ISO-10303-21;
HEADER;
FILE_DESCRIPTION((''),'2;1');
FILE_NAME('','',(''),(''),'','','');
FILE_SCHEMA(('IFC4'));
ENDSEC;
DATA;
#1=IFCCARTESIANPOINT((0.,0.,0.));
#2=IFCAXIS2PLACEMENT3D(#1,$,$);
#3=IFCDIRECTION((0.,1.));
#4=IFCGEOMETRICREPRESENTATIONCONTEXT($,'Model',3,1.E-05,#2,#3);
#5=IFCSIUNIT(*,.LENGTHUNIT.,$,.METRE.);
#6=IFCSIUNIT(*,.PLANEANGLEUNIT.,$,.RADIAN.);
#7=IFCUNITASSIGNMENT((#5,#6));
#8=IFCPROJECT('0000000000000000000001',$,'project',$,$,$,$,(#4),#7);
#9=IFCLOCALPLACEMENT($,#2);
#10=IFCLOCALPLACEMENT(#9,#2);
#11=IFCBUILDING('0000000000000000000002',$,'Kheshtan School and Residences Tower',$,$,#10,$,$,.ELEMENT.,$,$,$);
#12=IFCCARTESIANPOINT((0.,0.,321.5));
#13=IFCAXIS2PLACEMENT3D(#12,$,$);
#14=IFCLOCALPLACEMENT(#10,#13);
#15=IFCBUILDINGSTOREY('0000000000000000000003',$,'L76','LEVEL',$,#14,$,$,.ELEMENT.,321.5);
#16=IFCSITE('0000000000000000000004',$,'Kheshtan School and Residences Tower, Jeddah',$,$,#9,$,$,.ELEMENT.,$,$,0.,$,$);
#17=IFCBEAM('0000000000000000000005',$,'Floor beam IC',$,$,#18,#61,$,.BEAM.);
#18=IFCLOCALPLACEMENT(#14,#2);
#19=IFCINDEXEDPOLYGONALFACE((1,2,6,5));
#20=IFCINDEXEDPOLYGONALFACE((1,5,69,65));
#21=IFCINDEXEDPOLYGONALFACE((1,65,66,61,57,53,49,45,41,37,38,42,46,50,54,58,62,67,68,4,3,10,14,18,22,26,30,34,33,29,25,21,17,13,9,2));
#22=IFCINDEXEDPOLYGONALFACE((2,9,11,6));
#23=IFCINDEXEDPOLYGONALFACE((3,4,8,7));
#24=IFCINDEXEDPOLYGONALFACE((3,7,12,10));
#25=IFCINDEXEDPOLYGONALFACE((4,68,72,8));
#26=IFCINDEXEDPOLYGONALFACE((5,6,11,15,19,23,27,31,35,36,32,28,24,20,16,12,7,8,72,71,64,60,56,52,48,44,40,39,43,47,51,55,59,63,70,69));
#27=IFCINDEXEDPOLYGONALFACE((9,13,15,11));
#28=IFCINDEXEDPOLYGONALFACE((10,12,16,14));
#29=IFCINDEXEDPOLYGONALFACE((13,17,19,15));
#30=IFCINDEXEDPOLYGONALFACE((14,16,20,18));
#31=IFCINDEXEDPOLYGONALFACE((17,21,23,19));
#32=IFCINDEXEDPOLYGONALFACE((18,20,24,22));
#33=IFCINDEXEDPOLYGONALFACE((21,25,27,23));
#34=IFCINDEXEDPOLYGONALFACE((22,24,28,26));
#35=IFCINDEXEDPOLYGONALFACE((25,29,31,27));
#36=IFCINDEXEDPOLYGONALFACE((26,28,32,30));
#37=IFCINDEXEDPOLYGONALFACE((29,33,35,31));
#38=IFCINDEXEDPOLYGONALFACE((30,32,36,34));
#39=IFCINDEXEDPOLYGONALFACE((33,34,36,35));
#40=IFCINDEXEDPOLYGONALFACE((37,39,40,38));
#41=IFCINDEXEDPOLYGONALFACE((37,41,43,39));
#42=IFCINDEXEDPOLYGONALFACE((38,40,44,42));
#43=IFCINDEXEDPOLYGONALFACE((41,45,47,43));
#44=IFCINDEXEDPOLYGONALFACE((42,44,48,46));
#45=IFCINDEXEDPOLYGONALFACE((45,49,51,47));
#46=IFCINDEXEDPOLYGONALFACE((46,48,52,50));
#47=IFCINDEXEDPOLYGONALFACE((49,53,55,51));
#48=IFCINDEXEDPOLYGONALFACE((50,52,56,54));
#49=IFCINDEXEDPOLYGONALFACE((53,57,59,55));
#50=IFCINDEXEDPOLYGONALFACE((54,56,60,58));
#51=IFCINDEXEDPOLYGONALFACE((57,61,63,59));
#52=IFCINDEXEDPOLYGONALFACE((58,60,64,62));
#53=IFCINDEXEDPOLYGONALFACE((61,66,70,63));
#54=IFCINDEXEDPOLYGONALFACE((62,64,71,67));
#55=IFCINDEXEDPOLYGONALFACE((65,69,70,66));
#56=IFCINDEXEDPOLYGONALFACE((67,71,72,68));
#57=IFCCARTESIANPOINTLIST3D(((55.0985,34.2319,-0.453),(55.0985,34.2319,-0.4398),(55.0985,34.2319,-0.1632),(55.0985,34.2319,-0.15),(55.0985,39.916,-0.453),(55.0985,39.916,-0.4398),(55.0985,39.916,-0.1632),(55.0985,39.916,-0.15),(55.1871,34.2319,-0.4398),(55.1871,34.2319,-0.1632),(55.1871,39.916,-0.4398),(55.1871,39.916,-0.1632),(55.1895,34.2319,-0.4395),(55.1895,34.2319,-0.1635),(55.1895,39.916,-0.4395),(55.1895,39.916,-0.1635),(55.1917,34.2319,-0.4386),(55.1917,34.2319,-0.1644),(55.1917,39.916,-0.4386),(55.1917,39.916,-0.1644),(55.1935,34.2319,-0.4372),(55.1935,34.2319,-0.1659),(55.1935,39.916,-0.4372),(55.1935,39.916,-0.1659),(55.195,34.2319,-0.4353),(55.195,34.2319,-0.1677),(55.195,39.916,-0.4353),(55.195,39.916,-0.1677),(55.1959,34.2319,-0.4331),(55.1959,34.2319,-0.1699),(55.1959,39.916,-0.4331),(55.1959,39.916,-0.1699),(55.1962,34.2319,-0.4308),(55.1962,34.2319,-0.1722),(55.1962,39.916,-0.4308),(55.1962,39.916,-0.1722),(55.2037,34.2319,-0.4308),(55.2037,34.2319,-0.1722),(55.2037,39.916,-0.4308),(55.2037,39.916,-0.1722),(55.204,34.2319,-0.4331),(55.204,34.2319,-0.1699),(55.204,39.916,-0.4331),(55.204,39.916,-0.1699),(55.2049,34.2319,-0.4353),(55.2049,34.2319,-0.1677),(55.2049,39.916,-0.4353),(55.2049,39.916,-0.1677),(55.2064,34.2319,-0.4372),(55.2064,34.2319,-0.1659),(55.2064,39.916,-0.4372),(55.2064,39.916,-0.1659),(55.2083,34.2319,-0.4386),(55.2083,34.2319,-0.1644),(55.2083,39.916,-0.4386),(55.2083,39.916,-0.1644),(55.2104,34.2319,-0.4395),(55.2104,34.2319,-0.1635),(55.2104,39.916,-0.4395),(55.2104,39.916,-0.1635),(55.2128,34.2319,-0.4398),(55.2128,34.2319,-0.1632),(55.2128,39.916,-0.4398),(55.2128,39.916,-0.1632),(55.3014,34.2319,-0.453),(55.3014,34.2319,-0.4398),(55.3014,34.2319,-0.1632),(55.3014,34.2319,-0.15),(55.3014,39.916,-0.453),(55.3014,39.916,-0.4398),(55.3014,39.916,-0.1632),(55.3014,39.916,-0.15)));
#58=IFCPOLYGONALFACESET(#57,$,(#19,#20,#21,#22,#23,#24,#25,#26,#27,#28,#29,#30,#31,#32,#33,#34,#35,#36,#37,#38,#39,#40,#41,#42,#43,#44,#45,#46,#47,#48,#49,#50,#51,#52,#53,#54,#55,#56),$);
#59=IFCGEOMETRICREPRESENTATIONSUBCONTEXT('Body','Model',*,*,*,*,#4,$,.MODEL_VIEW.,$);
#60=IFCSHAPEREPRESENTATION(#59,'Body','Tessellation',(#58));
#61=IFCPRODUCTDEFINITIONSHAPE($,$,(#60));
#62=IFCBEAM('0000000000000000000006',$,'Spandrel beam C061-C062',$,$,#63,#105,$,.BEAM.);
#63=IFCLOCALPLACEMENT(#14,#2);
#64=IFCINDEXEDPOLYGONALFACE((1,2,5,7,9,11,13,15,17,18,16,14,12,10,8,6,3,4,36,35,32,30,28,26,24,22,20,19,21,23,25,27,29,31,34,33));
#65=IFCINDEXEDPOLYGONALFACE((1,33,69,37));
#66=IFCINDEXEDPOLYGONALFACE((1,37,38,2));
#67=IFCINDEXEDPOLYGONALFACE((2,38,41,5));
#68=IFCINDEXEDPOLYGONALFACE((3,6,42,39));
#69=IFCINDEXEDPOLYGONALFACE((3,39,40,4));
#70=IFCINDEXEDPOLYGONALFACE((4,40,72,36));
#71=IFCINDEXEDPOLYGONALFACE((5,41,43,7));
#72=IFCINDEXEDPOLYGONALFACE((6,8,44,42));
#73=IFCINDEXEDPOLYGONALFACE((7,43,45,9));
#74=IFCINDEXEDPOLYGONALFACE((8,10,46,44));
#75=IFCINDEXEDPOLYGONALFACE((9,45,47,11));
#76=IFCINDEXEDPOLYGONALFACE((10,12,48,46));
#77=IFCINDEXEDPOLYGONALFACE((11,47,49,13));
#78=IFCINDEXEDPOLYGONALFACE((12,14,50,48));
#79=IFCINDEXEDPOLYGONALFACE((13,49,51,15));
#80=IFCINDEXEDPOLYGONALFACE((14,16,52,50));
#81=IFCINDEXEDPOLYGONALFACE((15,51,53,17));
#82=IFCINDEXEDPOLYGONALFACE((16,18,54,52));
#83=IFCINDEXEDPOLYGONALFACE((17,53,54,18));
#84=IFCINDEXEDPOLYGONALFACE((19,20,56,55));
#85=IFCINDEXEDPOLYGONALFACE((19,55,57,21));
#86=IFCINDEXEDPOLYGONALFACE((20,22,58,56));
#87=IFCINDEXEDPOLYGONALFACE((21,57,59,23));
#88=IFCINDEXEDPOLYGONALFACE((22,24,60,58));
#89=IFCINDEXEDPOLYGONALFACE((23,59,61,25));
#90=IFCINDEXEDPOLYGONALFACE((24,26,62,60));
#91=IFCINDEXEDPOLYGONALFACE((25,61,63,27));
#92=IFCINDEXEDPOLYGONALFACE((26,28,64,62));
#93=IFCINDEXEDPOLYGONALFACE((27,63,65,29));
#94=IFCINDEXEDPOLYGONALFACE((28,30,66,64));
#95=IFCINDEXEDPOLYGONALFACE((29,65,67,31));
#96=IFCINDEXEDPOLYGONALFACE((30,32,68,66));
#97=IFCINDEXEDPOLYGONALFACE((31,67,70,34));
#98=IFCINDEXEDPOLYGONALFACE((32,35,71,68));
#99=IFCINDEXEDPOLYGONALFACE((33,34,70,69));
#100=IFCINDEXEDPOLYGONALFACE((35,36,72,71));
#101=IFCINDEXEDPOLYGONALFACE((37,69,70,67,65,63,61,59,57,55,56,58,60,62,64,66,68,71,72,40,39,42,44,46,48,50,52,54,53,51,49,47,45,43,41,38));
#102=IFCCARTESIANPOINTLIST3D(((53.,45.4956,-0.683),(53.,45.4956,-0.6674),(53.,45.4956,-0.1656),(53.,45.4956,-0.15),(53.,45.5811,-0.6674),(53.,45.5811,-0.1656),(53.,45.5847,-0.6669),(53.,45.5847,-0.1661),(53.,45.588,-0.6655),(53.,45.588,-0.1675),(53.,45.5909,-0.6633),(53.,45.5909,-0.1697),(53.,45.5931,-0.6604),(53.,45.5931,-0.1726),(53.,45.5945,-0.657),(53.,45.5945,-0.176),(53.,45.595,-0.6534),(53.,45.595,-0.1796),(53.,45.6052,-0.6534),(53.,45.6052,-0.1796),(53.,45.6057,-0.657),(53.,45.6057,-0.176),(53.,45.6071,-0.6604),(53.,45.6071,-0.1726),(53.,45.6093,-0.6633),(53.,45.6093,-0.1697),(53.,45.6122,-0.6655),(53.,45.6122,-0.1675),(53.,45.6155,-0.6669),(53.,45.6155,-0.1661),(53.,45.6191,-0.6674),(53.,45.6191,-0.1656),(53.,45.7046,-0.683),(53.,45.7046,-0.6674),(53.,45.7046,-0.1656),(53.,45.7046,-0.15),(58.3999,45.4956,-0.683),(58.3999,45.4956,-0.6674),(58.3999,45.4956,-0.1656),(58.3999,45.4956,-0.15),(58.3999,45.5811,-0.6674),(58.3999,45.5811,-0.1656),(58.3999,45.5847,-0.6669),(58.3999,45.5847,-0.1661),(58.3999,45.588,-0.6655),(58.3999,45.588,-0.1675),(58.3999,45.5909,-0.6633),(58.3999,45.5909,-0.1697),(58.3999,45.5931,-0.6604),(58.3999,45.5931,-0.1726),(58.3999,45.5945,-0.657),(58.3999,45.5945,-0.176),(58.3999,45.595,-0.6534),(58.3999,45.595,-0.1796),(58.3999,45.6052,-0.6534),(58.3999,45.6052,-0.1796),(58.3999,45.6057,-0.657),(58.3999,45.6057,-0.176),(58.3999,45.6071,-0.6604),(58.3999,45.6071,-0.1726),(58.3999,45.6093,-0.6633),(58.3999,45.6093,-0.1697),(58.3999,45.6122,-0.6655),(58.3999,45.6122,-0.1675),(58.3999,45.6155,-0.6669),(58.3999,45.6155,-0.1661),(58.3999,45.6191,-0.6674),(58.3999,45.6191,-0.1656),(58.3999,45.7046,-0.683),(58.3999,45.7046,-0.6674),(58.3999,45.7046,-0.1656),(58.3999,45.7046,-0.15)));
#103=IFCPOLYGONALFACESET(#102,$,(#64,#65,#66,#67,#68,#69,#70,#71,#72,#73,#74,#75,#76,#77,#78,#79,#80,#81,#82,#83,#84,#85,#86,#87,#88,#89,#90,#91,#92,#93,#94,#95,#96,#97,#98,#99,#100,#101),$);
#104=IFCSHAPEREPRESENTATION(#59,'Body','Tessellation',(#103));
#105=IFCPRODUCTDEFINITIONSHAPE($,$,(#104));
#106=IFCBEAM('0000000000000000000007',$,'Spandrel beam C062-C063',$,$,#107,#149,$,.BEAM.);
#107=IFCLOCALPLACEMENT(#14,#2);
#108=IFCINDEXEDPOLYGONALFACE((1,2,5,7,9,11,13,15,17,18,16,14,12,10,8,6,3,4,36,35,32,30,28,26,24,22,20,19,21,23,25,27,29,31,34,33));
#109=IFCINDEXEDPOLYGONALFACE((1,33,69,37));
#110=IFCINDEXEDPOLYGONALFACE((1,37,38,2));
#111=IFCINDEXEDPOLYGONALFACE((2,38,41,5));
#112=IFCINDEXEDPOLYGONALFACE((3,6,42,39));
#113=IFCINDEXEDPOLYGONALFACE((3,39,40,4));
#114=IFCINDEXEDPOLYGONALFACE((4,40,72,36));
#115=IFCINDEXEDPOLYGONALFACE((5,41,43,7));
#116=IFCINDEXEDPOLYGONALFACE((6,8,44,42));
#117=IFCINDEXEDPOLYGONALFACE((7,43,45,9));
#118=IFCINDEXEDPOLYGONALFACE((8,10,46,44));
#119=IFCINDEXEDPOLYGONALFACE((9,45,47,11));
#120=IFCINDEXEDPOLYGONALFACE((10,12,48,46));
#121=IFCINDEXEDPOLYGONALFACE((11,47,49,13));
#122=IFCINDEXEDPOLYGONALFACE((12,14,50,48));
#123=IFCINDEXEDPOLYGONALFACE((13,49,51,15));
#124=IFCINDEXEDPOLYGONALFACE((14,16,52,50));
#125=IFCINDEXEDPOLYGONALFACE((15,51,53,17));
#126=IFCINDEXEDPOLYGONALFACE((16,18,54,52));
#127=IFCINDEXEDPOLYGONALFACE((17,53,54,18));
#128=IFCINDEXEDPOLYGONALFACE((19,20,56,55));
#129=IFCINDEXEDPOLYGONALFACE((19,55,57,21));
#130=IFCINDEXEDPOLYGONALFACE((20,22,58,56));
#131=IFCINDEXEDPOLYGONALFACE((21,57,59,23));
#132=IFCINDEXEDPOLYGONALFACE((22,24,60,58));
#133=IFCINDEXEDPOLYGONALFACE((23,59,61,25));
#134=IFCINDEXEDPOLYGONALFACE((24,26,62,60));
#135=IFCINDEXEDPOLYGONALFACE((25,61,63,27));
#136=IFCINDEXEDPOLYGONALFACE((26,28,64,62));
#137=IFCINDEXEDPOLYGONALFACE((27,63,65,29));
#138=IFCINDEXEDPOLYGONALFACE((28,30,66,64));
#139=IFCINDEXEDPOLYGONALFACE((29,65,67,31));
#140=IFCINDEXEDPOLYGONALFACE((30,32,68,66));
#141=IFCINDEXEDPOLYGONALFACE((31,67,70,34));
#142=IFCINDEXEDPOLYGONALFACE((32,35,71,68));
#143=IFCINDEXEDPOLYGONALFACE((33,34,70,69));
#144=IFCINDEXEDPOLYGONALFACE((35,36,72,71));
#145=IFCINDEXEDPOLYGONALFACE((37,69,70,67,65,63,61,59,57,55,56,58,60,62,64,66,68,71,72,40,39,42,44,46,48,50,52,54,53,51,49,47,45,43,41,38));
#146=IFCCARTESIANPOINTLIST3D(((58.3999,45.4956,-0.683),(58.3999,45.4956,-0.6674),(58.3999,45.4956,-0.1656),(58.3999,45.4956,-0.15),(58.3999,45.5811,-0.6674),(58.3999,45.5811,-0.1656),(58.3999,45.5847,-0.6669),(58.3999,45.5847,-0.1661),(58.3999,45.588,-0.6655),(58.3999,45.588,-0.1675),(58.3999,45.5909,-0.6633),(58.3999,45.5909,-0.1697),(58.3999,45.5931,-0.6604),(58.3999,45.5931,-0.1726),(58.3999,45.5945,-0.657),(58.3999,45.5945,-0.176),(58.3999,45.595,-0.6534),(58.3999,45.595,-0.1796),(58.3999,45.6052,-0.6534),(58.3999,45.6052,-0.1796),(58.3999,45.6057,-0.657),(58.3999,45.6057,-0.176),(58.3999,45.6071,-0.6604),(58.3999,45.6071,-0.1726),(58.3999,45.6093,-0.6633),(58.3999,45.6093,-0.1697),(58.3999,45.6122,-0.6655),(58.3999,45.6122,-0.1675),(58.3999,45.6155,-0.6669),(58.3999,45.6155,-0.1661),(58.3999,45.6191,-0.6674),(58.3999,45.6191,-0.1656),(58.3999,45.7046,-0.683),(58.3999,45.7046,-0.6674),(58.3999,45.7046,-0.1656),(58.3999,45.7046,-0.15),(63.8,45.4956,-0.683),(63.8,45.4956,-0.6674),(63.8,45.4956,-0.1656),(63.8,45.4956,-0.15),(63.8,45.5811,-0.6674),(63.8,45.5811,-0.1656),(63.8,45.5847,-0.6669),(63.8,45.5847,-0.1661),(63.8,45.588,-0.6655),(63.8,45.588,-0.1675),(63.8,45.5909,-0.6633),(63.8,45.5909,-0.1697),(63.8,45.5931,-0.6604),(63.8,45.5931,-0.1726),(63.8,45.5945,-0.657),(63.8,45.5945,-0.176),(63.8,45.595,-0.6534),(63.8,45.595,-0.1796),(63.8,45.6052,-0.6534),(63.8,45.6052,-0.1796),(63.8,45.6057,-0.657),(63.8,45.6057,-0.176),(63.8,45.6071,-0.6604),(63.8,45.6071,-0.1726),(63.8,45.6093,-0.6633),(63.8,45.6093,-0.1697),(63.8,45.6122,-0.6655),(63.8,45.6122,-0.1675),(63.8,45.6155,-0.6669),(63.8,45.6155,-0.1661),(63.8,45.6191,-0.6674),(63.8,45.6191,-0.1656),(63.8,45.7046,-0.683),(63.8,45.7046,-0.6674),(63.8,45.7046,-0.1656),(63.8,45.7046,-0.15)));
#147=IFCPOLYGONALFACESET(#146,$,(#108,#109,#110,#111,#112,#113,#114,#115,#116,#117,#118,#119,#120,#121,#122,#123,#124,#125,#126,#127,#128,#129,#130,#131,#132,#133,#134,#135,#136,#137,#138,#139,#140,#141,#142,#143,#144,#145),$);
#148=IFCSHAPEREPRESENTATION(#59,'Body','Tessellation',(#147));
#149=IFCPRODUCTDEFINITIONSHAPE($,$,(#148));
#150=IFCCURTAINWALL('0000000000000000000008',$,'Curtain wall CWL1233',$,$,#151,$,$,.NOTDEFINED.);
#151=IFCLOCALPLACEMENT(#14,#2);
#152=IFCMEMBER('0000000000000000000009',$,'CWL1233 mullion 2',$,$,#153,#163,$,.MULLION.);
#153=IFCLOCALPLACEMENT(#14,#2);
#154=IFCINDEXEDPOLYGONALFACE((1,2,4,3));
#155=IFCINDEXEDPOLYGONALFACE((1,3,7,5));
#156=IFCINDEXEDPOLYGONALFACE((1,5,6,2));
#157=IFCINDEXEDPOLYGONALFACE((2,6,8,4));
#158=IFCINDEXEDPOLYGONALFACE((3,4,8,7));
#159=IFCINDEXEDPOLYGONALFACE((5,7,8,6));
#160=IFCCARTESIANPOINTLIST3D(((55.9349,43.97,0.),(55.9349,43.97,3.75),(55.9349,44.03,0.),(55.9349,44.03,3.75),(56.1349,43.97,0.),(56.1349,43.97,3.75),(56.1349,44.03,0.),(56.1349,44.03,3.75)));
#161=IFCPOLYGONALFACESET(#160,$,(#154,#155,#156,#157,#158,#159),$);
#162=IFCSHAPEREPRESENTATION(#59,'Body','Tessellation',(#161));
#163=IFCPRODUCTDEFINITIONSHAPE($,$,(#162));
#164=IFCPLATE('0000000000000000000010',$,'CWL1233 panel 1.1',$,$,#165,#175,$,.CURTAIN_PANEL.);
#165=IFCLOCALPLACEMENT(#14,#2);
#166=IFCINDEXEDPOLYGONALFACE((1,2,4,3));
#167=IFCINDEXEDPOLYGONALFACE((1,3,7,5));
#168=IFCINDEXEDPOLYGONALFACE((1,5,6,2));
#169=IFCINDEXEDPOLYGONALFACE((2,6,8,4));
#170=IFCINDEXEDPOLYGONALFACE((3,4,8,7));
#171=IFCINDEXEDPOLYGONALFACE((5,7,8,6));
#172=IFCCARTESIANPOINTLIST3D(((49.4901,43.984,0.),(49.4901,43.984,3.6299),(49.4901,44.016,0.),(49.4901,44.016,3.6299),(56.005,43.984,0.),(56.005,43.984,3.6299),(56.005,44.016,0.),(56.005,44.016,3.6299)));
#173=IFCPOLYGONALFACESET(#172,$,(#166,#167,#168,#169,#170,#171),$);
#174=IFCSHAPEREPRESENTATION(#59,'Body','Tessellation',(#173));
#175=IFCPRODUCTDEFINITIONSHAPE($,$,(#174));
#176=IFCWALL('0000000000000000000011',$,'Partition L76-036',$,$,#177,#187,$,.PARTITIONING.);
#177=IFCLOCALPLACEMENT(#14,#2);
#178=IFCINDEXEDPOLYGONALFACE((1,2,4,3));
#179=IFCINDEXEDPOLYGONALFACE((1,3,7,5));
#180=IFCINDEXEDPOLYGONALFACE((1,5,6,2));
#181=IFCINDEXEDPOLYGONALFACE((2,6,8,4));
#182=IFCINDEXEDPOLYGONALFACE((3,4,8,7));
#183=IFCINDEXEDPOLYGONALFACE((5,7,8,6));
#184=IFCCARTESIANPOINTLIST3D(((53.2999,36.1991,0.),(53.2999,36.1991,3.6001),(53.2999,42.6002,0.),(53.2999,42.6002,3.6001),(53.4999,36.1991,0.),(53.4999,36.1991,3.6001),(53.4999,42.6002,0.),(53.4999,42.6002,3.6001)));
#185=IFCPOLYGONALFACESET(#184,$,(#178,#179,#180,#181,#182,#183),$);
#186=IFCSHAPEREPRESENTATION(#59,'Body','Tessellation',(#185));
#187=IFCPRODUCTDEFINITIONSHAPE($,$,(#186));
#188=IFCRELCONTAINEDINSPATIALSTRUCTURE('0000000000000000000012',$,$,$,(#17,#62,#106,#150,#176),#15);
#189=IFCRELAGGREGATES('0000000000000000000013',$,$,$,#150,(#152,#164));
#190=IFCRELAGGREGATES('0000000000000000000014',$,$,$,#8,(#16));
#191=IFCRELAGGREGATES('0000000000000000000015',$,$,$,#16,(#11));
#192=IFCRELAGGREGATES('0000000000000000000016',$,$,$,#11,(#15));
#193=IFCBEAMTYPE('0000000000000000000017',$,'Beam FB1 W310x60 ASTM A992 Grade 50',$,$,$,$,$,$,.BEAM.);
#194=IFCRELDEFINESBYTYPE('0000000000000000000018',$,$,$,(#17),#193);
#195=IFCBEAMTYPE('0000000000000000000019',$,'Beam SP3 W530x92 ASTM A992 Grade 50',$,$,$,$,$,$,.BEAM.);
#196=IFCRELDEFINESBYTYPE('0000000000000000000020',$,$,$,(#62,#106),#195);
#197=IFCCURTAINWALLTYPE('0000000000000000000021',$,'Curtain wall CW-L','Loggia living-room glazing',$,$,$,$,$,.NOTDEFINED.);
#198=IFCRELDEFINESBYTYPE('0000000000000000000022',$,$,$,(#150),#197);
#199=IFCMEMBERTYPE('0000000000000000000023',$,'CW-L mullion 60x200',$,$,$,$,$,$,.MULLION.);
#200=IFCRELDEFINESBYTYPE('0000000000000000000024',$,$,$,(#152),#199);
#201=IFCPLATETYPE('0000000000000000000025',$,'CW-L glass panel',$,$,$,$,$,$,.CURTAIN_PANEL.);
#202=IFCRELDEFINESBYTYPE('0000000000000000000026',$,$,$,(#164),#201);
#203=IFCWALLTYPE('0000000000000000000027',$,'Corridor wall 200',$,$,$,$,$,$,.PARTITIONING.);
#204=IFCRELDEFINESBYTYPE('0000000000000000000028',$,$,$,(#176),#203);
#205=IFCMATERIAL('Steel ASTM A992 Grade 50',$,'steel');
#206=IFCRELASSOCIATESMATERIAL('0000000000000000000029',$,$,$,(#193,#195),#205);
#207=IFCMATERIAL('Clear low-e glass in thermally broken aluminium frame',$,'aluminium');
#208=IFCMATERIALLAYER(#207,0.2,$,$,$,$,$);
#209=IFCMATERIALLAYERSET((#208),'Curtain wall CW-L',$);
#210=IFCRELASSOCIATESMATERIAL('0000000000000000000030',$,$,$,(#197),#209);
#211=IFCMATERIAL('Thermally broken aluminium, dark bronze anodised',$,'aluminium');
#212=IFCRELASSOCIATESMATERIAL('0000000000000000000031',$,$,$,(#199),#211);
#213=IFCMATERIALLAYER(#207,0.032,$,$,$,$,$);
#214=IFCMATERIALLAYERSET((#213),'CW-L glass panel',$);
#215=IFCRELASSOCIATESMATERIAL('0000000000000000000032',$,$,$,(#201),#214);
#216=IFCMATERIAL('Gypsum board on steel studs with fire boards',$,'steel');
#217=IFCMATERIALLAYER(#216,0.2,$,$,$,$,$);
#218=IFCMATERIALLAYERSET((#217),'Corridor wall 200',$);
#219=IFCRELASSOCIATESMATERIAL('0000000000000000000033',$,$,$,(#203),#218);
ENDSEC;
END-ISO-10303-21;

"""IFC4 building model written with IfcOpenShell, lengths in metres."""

from ifc_helpers import new_model, si_unit, direction, frame, frame_2d, origin, origin_2d, place, context, subcontext, project, spatial, rectangle, i_section, extrude, material, layer, layer_set, material_profile, profile_set, type_object, element, aggregate, save


model = new_model("IFC4")

# Units and contexts
model_context = context("Model", 3, precision=1e-05, world=origin(), true_north=direction((0.0, 1.0)))
body_context = subcontext(model_context, "Body", "Model", "MODEL_VIEW")
ifc_project = project(units=[si_unit("LENGTHUNIT", "METRE"), si_unit("PLANEANGLEUNIT", "RADIAN")], contexts=[model_context])

# Site, building, storey
site_placement = place(None, origin())
site = spatial("IfcSite", under=ifc_project, at=site_placement, Name="Kheshtan School and Residences Tower, Jeddah", CompositionType="ELEMENT", RefElevation=0.0)
building_placement = place(site_placement, origin())
building = spatial("IfcBuilding", under=site, at=building_placement, Name="Kheshtan School and Residences Tower", CompositionType="ELEMENT")
storey_placement = place(building_placement, frame((0.0, 0.0, 321.5)))
storey = spatial("IfcBuildingStorey", under=building, at=storey_placement, Name="L76", Description="LEVEL", CompositionType="ELEMENT", Elevation=321.5)

# Shared definitions
ifc_material_1 = material(Name="Steel ASTM A992 Grade 50", Category="steel")

# Beams
ifc_material_profile_1 = material_profile(ifc_material_1, i_section(OverallWidth=0.2029, OverallDepth=0.303, WebThickness=0.0076, FlangeThickness=0.0132, FilletRadius=0.009, at=origin_2d()), Name="W310x60")
ifc_profile_set_1 = profile_set([ifc_material_profile_1], Name="Steel ASTM A992 Grade 50")
beam_type_1 = type_object("IfcBeamType", Name="Beam FB1 W310x60 ASTM A992 Grade 50", PredefinedType="BEAM", material=ifc_profile_set_1)
beam_1_placement = place(storey_placement, frame((55.2, 34.2319, -0.3015), z_axis=(0.0, 1.0, 0.0), x_axis=(-1.0, 0.0, 0.0)))
element("IfcBeam", 1, at=beam_1_placement, inside=storey, type_object=beam_type_1, Name="Floor beam IC", PredefinedType="BEAM", context=body_context, shape_type="SweptSolid", body=[
    extrude(i_section(OverallWidth=0.2029, OverallDepth=0.303, WebThickness=0.0076, FlangeThickness=0.0132, FilletRadius=0.009, at=origin_2d()), origin(), (0.0, 0.0, 1.0), 5.6841),
])
ifc_material_profile_2 = material_profile(ifc_material_1, i_section(OverallWidth=0.209, OverallDepth=0.533, WebThickness=0.0103, FlangeThickness=0.0156, FilletRadius=0.0139, at=origin_2d()), Name="W530x92")
ifc_profile_set_2 = profile_set([ifc_material_profile_2], Name="Steel ASTM A992 Grade 50")
beam_type_2 = type_object("IfcBeamType", Name="Beam SP3 W530x92 ASTM A992 Grade 50", PredefinedType="BEAM", material=ifc_profile_set_2)
beam_2_placement = place(storey_placement, frame((53.0, 45.6001, -0.4165), z_axis=(1.0, 0.0, 0.0), x_axis=(0.0, 1.0, 0.0)))
element("IfcBeam", 2, at=beam_2_placement, inside=storey, type_object=beam_type_2, Name="Spandrel beam C061-C062", PredefinedType="BEAM", context=body_context, shape_type="SweptSolid", body=[
    extrude(i_section(OverallWidth=0.209, OverallDepth=0.533, WebThickness=0.0103, FlangeThickness=0.0156, FilletRadius=0.0139, at=origin_2d()), origin(), (0.0, 0.0, 1.0), 5.3999),
])
beam_3_placement = place(storey_placement, frame((58.3999, 45.6001, -0.4165), z_axis=(1.0, 0.0, 0.0), x_axis=(0.0, 1.0, 0.0)))
element("IfcBeam", 3, at=beam_3_placement, inside=storey, type_object=beam_type_2, Name="Spandrel beam C062-C063", PredefinedType="BEAM", context=body_context, shape_type="SweptSolid", body=[
    extrude(i_section(OverallWidth=0.209, OverallDepth=0.533, WebThickness=0.0103, FlangeThickness=0.0156, FilletRadius=0.0139, at=origin_2d()), origin(), (0.0, 0.0, 1.0), 5.4001),
])

# Curtain wall, member, plate
ifc_material_2 = material(Name="Clear low-e glass in thermally broken aluminium frame", Category="aluminium")
ifc_layer_1 = layer(ifc_material_2, 0.2)
ifc_layer_set_1 = layer_set([ifc_layer_1], Name="Curtain wall CW-L")
curtain_wall_type = type_object("IfcCurtainWallType", Name="Curtain wall CW-L", Description="Loggia living-room glazing", PredefinedType="NOTDEFINED", material=ifc_layer_set_1)
curtain_wall_placement = place(storey_placement, origin())
curtain_wall = element("IfcCurtainWall", 4, at=curtain_wall_placement, inside=storey, type_object=curtain_wall_type, Name="Curtain wall CWL1233", PredefinedType="NOTDEFINED")
ifc_material_3 = material(Name="Thermally broken aluminium, dark bronze anodised", Category="aluminium")
ifc_material_profile_3 = material_profile(ifc_material_3, rectangle(XDim=0.0601, YDim=0.2, at=origin_2d()), Name="CW-L mullion 60x200")
ifc_profile_set_3 = profile_set([ifc_material_profile_3], Name="Thermally broken aluminium, dark bronze anodised")
member_type = type_object("IfcMemberType", Name="CW-L mullion 60x200", PredefinedType="MULLION", material=ifc_profile_set_3)
member_placement = place(storey_placement, frame((56.0349, 44.0, 0.0), z_axis=(0.0, 0.0, 1.0), x_axis=(0.0, 1.0, 0.0)))
member = element("IfcMember", 5, at=member_placement, type_object=member_type, Name="CWL1233 mullion 2", PredefinedType="MULLION", context=body_context, shape_type="SweptSolid", body=[
    extrude(rectangle(XDim=0.0601, YDim=0.2, at=origin_2d()), origin(), (0.0, 0.0, 1.0), 3.75),
])
ifc_layer_2 = layer(ifc_material_2, 0.032)
ifc_layer_set_2 = layer_set([ifc_layer_2], Name="CW-L glass panel")
plate_type = type_object("IfcPlateType", Name="CW-L glass panel", PredefinedType="CURTAIN_PANEL", material=ifc_layer_set_2)
plate_placement = place(storey_placement, frame((52.7476, 44.0, 0.0), z_axis=(0.0, 0.0, 1.0), x_axis=(1.0, 0.0, 0.0)))
plate = element("IfcPlate", 6, at=plate_placement, type_object=plate_type, Name="CWL1233 panel 1.1", PredefinedType="CURTAIN_PANEL", context=body_context, shape_type="SweptSolid", body=[
    extrude(rectangle(XDim=6.5149, YDim=0.032, at=origin_2d()), origin(), (0.0, 0.0, 1.0), 3.6299),
])
aggregate(curtain_wall, [member, plate])

# Wall
ifc_material_4 = material(Name="Gypsum board on steel studs with fire boards", Category="steel")
ifc_layer_3 = layer(ifc_material_4, 0.2)
ifc_layer_set_3 = layer_set([ifc_layer_3], Name="Corridor wall 200")
wall_type_1 = type_object("IfcWallType", Name="Corridor wall 200", PredefinedType="PARTITIONING", material=ifc_layer_set_3)
wall_1_placement = place(storey_placement, frame((53.3999, 36.199, 0.0), z_axis=(0.0, 0.0, 1.0), x_axis=(0.0, 1.0, 0.0)))
element("IfcWall", 7, at=wall_1_placement, inside=storey, type_object=wall_type_1, Name="Partition L76-036", PredefinedType="PARTITIONING", context=body_context, shape_type="SweptSolid", body=[
    extrude(rectangle(XDim=6.4011, YDim=0.2, at=frame_2d((3.2007, 0.0))), origin(), (0.0, 0.0, 1.0), 3.6001),
])

save(model, "model.ifc")
